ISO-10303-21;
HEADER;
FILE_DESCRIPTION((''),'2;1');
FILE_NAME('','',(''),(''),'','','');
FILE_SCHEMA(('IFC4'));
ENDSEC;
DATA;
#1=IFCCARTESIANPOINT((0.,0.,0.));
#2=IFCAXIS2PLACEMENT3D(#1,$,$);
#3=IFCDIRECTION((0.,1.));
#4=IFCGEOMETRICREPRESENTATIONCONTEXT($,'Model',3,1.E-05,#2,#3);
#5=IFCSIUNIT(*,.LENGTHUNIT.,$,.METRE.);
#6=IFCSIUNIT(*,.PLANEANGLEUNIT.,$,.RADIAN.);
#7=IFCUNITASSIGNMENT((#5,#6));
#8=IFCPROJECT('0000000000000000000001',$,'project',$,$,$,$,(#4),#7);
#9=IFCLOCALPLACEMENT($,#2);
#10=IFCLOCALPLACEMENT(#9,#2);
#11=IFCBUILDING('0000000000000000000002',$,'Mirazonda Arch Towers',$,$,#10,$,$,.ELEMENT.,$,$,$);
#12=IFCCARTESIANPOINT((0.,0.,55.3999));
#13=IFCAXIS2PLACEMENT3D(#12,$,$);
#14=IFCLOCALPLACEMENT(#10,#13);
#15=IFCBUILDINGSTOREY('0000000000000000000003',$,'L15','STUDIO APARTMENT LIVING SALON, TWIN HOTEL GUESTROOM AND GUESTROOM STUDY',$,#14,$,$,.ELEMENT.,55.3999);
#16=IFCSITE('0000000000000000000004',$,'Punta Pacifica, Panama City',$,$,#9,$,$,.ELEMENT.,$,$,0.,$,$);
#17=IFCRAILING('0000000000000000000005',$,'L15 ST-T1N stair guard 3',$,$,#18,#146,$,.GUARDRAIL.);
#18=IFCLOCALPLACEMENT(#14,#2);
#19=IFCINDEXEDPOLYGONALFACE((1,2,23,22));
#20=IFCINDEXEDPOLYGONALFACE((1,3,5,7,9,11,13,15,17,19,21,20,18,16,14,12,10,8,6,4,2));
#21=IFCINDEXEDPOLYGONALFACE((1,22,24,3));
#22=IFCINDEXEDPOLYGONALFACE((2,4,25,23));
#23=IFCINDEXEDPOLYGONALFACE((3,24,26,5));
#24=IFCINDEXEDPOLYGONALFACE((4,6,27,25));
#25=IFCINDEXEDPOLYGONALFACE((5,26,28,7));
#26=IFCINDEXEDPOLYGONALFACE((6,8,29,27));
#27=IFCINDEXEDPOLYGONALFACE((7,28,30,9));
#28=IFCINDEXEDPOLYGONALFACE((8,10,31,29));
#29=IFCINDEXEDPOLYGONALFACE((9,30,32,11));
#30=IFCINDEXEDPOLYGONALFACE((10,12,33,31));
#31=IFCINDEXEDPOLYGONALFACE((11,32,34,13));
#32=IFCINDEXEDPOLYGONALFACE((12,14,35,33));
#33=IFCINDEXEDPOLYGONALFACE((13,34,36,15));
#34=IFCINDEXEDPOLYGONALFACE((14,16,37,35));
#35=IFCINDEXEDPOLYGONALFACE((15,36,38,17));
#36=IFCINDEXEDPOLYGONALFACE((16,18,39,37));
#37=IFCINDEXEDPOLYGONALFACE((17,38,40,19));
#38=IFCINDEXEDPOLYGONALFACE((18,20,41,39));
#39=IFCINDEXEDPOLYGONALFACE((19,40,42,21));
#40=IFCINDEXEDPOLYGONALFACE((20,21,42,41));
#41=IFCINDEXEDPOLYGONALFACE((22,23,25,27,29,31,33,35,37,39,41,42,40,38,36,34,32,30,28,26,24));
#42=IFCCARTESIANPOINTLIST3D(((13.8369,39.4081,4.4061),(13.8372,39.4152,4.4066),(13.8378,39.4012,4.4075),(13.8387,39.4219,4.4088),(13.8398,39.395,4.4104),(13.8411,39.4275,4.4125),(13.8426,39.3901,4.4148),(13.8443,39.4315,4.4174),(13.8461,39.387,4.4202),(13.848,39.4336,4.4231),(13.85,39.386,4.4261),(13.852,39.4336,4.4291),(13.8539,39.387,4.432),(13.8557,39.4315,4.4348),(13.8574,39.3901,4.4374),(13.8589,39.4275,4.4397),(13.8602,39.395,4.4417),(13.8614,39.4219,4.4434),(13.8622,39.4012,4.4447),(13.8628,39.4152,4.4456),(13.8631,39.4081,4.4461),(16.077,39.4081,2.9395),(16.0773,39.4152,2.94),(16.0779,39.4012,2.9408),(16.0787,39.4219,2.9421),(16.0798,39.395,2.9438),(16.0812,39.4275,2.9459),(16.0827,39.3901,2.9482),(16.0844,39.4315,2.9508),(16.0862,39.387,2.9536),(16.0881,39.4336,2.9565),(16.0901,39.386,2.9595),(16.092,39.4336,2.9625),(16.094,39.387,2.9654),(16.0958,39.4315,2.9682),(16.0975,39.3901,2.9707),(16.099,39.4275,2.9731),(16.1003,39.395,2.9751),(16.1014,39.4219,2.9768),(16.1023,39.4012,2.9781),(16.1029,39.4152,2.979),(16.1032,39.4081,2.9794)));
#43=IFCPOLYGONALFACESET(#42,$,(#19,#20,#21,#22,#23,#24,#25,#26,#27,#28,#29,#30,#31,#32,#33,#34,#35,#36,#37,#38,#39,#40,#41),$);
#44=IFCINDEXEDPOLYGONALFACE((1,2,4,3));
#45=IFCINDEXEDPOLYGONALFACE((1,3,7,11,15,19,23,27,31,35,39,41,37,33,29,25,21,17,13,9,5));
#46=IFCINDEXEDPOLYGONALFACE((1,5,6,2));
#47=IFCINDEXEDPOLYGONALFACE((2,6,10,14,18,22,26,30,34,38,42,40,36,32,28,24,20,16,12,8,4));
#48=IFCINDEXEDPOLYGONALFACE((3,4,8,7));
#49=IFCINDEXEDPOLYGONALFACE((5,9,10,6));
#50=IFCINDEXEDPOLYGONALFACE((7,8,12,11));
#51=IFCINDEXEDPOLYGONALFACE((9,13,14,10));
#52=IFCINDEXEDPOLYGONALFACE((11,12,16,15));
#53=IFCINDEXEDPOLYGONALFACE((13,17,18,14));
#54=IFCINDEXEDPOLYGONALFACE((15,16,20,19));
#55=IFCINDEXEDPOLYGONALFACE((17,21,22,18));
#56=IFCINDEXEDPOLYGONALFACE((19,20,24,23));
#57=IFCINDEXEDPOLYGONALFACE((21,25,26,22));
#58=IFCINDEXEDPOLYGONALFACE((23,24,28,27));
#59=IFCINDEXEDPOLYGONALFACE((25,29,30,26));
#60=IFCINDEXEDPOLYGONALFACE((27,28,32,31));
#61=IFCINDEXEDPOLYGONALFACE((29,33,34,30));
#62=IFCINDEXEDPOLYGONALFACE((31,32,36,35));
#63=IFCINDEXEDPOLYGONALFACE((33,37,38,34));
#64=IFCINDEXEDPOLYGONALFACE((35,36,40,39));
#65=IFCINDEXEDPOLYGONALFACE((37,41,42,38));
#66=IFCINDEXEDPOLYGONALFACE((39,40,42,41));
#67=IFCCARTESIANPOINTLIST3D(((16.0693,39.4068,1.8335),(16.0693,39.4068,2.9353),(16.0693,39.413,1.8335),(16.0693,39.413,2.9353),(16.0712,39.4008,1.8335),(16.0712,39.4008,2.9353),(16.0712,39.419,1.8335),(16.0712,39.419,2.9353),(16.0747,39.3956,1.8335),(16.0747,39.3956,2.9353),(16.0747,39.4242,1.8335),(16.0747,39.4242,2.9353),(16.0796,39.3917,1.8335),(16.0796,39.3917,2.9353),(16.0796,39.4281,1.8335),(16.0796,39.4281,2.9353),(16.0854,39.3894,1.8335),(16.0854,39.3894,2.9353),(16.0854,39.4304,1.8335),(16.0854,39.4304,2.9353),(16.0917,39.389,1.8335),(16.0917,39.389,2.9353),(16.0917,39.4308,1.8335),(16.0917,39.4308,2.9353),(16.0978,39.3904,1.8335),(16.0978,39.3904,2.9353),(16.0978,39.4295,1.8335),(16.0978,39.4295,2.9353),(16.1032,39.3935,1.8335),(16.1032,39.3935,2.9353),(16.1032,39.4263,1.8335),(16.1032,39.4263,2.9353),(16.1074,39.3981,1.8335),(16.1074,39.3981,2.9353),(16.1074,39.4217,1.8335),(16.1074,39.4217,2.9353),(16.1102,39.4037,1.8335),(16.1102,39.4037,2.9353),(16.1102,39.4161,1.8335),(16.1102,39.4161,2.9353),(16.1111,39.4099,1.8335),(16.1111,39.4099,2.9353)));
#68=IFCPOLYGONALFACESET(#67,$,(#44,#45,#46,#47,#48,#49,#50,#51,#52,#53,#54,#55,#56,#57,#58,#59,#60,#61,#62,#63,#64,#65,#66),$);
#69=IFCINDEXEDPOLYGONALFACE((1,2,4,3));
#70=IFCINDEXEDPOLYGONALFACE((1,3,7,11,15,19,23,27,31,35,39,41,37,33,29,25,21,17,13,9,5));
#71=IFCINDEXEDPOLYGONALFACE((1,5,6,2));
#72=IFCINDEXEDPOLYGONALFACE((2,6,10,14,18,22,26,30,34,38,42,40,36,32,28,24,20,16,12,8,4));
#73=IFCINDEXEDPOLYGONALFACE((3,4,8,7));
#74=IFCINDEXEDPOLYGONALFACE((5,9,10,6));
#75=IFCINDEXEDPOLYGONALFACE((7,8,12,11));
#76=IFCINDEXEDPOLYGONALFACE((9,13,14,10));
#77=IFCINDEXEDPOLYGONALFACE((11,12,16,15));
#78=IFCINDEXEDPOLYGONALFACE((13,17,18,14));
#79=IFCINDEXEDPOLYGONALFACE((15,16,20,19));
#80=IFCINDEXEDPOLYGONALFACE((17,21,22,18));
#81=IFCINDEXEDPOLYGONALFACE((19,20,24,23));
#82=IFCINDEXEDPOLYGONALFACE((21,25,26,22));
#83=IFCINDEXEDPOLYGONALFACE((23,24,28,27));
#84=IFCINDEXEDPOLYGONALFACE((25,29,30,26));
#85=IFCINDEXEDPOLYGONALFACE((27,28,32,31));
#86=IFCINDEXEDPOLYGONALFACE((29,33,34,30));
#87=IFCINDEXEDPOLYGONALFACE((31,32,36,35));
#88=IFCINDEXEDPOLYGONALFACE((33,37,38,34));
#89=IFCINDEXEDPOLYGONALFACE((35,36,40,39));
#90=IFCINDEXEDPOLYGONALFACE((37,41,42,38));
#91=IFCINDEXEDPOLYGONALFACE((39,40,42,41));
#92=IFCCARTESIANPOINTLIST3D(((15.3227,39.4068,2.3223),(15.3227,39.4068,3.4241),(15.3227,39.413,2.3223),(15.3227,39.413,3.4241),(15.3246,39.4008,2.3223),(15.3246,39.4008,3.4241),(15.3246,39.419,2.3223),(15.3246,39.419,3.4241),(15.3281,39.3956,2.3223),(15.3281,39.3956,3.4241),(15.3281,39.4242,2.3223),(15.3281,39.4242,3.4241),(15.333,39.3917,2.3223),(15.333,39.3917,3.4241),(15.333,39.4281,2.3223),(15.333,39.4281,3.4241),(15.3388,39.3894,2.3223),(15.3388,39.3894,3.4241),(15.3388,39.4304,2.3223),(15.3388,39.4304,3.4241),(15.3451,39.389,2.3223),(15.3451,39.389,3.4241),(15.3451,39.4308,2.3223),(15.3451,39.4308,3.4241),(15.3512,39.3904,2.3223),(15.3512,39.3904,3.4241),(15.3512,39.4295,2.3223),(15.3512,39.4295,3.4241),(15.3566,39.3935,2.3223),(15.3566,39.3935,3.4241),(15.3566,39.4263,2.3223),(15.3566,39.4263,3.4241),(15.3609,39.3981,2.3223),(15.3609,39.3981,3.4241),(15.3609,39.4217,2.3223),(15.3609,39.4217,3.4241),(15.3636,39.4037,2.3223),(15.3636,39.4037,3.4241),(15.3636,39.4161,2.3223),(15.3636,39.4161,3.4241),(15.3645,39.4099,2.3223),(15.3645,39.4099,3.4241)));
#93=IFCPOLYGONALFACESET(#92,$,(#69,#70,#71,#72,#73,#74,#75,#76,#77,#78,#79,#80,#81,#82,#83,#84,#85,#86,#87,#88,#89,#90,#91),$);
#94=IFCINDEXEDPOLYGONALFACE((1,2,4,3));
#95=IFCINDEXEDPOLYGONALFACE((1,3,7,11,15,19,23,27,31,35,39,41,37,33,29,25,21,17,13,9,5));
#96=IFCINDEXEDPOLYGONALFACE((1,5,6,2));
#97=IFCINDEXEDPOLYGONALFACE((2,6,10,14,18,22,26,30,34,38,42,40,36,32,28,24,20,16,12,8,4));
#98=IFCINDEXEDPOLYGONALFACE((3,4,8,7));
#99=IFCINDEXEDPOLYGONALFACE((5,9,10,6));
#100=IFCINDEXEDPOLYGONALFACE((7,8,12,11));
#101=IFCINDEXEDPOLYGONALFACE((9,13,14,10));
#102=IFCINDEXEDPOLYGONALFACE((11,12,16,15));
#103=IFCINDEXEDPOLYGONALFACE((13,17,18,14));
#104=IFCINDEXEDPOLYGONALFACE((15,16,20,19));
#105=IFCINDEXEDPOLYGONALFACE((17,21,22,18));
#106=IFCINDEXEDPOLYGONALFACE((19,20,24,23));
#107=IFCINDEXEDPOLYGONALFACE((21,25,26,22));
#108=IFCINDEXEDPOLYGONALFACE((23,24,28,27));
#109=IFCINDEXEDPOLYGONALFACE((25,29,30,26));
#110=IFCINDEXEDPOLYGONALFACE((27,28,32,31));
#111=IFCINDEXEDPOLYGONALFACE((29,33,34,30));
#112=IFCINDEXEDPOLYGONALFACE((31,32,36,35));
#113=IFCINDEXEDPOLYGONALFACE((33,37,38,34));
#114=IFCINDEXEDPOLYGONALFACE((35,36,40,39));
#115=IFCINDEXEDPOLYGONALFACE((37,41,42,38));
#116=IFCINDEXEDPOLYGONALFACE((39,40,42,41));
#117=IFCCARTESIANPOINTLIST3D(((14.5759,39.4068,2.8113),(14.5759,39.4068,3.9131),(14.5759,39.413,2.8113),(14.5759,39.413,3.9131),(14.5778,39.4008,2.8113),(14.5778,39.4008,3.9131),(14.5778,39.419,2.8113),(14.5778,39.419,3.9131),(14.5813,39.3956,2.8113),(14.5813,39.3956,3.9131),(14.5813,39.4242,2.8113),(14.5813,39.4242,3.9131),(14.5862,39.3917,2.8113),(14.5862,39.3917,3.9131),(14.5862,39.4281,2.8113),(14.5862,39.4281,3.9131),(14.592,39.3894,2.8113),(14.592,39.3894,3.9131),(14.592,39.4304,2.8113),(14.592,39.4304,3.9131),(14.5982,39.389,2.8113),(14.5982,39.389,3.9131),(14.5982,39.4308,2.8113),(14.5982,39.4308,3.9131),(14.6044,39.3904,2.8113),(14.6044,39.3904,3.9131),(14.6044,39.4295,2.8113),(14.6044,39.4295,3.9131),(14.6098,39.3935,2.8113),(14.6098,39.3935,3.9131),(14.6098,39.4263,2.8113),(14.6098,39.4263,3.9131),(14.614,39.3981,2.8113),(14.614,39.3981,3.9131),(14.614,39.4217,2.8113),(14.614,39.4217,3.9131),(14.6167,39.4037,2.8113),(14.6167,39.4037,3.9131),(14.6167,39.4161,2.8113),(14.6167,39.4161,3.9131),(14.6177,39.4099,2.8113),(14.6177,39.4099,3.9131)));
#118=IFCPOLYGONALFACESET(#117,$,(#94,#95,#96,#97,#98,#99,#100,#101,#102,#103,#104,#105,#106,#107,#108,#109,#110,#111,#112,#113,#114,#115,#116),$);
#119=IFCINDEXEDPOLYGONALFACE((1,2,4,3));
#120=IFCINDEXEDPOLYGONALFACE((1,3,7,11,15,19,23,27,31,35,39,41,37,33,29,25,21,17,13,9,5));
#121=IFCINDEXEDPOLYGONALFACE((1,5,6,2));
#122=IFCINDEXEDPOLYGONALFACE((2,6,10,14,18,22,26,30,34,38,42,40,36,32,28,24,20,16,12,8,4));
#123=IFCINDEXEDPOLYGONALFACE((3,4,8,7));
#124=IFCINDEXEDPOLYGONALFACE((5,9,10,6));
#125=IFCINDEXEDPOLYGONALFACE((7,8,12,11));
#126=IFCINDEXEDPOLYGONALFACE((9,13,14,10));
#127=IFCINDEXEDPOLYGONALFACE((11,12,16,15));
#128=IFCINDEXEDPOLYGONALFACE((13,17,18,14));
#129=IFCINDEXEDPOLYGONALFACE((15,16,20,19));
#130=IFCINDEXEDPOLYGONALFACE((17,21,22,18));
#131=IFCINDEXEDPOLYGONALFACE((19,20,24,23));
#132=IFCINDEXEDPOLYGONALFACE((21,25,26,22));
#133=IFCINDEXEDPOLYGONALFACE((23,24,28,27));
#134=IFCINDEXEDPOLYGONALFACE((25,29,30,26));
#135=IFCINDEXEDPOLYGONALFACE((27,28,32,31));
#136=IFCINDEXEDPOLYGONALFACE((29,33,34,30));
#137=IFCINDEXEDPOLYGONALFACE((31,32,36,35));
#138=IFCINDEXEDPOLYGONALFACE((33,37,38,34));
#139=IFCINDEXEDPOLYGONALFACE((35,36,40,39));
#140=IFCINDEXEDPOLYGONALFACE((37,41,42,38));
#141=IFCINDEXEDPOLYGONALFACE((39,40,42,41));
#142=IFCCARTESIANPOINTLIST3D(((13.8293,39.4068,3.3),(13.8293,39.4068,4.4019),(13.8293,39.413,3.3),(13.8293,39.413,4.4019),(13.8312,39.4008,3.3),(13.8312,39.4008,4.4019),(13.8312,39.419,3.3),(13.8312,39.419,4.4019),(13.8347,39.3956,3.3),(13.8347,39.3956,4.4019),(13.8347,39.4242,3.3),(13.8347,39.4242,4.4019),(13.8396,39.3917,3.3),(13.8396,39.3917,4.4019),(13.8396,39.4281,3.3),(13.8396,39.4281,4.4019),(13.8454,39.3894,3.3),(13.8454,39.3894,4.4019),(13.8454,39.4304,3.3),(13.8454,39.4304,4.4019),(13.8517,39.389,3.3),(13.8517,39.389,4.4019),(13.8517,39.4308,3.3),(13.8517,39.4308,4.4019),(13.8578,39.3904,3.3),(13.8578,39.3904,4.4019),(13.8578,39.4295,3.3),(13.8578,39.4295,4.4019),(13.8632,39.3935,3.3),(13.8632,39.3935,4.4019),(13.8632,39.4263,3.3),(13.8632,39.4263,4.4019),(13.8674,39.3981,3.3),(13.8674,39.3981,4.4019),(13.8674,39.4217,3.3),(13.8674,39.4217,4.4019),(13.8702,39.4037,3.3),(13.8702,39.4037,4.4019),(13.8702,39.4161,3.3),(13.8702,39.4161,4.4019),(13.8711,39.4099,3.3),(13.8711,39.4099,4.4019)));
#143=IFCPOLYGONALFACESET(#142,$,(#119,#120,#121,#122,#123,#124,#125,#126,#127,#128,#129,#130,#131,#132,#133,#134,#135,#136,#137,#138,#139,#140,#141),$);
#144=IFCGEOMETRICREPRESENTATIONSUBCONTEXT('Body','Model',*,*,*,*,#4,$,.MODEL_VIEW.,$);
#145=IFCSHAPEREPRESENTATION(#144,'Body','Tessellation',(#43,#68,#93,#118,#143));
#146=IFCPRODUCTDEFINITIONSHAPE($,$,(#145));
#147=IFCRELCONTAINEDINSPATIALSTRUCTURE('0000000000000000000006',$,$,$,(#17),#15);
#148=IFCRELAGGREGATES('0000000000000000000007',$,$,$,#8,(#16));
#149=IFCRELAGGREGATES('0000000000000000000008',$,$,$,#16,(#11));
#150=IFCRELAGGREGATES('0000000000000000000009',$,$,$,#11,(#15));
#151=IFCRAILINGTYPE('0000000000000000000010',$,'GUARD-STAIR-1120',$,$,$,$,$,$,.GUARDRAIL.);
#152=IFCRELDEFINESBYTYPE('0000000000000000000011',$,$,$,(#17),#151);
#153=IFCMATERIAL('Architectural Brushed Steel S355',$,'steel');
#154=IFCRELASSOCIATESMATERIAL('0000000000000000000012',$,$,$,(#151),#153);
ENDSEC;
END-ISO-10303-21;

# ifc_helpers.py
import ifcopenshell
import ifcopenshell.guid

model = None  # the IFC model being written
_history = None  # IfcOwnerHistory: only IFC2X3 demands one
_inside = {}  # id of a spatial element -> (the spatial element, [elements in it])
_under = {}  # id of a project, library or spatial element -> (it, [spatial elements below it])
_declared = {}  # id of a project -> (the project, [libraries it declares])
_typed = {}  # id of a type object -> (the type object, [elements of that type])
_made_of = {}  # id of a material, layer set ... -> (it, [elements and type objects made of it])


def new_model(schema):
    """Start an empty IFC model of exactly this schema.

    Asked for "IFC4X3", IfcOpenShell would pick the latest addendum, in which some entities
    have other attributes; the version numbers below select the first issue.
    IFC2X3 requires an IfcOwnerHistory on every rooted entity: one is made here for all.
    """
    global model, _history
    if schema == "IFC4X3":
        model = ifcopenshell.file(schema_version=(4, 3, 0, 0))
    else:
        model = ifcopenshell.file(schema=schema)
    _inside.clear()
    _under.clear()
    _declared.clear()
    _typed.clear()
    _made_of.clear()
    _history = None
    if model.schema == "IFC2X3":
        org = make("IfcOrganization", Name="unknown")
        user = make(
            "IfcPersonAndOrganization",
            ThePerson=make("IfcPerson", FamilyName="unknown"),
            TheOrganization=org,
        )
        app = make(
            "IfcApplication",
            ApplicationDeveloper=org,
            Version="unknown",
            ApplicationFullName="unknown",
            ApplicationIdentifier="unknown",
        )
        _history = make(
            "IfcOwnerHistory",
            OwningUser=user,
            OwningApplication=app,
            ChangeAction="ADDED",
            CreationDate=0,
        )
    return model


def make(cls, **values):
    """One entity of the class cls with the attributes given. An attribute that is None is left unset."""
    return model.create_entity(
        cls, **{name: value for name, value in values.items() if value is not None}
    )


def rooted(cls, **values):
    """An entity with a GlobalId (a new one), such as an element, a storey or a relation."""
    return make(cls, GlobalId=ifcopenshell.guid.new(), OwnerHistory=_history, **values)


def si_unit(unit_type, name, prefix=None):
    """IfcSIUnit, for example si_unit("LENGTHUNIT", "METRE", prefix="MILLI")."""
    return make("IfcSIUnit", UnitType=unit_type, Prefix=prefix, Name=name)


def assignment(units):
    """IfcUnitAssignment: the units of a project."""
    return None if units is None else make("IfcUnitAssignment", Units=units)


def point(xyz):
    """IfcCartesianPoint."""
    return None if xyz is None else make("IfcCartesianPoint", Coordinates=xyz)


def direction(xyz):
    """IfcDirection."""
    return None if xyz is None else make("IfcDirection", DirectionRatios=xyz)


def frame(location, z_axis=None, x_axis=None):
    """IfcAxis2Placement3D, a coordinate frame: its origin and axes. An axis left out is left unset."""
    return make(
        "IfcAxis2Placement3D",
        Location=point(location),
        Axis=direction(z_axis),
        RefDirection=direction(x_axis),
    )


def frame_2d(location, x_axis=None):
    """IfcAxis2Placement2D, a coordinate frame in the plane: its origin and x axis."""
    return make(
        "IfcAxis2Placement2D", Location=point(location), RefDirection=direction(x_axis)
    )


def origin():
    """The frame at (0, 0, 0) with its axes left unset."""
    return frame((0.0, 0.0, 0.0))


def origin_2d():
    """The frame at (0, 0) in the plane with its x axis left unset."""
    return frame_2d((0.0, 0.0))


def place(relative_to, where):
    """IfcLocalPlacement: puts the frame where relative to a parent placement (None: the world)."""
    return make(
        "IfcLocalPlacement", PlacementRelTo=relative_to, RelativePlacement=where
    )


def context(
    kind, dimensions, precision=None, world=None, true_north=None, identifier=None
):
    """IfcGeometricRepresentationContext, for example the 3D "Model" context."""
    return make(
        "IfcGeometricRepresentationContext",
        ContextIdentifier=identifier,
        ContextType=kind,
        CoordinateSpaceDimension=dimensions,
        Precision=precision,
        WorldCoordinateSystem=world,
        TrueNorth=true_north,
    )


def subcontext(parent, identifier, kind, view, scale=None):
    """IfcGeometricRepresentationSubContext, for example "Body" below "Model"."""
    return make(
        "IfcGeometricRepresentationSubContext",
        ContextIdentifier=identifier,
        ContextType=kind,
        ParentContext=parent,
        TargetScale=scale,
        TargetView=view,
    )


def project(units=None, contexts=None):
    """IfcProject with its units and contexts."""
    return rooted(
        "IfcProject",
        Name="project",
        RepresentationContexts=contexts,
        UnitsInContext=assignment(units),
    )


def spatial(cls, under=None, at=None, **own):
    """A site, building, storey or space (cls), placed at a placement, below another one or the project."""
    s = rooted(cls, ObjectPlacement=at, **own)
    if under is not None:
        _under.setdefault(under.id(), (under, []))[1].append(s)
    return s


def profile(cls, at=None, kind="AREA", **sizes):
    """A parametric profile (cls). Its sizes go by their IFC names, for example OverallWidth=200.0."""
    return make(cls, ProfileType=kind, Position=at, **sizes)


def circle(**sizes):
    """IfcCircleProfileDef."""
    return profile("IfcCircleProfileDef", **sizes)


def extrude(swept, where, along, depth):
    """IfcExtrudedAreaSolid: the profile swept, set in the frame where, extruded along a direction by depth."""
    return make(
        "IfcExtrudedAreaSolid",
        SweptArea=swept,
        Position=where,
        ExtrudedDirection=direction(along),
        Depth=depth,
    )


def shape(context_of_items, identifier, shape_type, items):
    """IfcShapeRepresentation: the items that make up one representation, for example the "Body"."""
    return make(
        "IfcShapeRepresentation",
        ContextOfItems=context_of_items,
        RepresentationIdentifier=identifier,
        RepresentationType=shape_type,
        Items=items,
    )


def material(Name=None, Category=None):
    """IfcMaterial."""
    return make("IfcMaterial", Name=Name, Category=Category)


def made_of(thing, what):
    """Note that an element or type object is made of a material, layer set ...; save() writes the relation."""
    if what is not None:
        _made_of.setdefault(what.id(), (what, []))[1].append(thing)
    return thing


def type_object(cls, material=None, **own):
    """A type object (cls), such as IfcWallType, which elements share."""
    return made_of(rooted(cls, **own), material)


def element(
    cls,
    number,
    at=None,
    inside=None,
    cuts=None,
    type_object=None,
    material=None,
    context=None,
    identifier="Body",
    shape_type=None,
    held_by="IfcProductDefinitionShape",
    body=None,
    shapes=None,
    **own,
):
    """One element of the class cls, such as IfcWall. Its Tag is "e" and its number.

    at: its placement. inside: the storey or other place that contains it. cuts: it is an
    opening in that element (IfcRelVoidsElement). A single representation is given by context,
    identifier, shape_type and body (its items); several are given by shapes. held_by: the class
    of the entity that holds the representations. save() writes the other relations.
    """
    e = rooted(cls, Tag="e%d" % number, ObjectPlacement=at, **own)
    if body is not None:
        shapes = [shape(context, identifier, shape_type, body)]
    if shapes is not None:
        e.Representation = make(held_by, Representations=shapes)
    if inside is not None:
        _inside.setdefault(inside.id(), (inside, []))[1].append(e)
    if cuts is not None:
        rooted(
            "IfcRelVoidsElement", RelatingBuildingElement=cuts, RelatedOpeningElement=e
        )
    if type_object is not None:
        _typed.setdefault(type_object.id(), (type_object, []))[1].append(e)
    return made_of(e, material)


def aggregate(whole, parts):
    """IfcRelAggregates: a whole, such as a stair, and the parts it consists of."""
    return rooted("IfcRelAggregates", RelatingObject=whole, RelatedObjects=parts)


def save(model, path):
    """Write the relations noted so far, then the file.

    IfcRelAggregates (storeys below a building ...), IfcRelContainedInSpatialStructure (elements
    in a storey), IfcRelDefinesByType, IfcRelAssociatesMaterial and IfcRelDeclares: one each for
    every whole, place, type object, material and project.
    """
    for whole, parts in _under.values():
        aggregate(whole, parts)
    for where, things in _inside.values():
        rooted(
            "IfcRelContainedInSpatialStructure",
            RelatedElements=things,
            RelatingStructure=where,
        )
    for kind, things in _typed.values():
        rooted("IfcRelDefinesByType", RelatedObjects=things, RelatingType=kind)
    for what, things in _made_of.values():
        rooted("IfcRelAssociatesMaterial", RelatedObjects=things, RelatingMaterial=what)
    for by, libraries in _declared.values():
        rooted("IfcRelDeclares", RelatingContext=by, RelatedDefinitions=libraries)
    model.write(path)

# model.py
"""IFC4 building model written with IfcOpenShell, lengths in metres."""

from ifc_helpers import new_model, si_unit, direction, frame, origin, origin_2d, place, context, subcontext, project, spatial, circle, extrude, material, type_object, element, save


model = new_model("IFC4")

# Units and contexts
model_context = context("Model", 3, precision=1e-05, world=origin(), true_north=direction((0.0, 1.0)))
body_context = subcontext(model_context, "Body", "Model", "MODEL_VIEW")
ifc_project = project(units=[si_unit("LENGTHUNIT", "METRE"), si_unit("PLANEANGLEUNIT", "RADIAN")], contexts=[model_context])

# Site, building, storey
site_placement = place(None, origin())
site = spatial("IfcSite", under=ifc_project, at=site_placement, Name="Punta Pacifica, Panama City", CompositionType="ELEMENT", RefElevation=0.0)
building_placement = place(site_placement, origin())
building = spatial("IfcBuilding", under=site, at=building_placement, Name="Mirazonda Arch Towers", CompositionType="ELEMENT")
storey_placement = place(building_placement, frame((0.0, 0.0, 55.3999)))
storey = spatial("IfcBuildingStorey", under=building, at=storey_placement, Name="L15", Description="STUDIO APARTMENT LIVING SALON, TWIN HOTEL GUESTROOM AND GUESTROOM STUDY", CompositionType="ELEMENT", Elevation=55.3999)

# Shared definitions
ifc_material_1 = material(Name="Architectural Brushed Steel S355", Category="steel")

# Railing
railing_type_1 = type_object("IfcRailingType", Name="GUARD-STAIR-1120", PredefinedType="GUARDRAIL", material=ifc_material_1)
railing_1_placement = place(storey_placement, frame((16.0901, 39.4099, 1.8335)))
element("IfcRailing", 1, at=railing_1_placement, inside=storey, type_object=railing_type_1, Name="L15 ST-T1N stair guard 3", PredefinedType="GUARDRAIL", context=body_context, shape_type="SweptSolid", body=[
    extrude(circle(Radius=0.0239, at=origin_2d()), frame((0.0, 0.0, 1.126), z_axis=(-0.836637, 0.0, 0.547758), x_axis=(0.0, -1.0, 0.0)), (0.0, 0.0, 1.0), 2.6775),
    extrude(circle(Radius=0.021, at=origin_2d()), origin(), (0.0, 0.0, 1.0), 1.1018),
    extrude(circle(Radius=0.021, at=origin_2d()), frame((-0.7466, 0.0, 0.4888)), (0.0, 0.0, 1.0), 1.1018),
    extrude(circle(Radius=0.021, at=origin_2d()), frame((-1.4934, 0.0, 0.9778)), (0.0, 0.0, 1.0), 1.1018),
    extrude(circle(Radius=0.021, at=origin_2d()), frame((-2.24, 0.0, 1.4666)), (0.0, 0.0, 1.0), 1.1018),
])

save(model, "model.ifc")
